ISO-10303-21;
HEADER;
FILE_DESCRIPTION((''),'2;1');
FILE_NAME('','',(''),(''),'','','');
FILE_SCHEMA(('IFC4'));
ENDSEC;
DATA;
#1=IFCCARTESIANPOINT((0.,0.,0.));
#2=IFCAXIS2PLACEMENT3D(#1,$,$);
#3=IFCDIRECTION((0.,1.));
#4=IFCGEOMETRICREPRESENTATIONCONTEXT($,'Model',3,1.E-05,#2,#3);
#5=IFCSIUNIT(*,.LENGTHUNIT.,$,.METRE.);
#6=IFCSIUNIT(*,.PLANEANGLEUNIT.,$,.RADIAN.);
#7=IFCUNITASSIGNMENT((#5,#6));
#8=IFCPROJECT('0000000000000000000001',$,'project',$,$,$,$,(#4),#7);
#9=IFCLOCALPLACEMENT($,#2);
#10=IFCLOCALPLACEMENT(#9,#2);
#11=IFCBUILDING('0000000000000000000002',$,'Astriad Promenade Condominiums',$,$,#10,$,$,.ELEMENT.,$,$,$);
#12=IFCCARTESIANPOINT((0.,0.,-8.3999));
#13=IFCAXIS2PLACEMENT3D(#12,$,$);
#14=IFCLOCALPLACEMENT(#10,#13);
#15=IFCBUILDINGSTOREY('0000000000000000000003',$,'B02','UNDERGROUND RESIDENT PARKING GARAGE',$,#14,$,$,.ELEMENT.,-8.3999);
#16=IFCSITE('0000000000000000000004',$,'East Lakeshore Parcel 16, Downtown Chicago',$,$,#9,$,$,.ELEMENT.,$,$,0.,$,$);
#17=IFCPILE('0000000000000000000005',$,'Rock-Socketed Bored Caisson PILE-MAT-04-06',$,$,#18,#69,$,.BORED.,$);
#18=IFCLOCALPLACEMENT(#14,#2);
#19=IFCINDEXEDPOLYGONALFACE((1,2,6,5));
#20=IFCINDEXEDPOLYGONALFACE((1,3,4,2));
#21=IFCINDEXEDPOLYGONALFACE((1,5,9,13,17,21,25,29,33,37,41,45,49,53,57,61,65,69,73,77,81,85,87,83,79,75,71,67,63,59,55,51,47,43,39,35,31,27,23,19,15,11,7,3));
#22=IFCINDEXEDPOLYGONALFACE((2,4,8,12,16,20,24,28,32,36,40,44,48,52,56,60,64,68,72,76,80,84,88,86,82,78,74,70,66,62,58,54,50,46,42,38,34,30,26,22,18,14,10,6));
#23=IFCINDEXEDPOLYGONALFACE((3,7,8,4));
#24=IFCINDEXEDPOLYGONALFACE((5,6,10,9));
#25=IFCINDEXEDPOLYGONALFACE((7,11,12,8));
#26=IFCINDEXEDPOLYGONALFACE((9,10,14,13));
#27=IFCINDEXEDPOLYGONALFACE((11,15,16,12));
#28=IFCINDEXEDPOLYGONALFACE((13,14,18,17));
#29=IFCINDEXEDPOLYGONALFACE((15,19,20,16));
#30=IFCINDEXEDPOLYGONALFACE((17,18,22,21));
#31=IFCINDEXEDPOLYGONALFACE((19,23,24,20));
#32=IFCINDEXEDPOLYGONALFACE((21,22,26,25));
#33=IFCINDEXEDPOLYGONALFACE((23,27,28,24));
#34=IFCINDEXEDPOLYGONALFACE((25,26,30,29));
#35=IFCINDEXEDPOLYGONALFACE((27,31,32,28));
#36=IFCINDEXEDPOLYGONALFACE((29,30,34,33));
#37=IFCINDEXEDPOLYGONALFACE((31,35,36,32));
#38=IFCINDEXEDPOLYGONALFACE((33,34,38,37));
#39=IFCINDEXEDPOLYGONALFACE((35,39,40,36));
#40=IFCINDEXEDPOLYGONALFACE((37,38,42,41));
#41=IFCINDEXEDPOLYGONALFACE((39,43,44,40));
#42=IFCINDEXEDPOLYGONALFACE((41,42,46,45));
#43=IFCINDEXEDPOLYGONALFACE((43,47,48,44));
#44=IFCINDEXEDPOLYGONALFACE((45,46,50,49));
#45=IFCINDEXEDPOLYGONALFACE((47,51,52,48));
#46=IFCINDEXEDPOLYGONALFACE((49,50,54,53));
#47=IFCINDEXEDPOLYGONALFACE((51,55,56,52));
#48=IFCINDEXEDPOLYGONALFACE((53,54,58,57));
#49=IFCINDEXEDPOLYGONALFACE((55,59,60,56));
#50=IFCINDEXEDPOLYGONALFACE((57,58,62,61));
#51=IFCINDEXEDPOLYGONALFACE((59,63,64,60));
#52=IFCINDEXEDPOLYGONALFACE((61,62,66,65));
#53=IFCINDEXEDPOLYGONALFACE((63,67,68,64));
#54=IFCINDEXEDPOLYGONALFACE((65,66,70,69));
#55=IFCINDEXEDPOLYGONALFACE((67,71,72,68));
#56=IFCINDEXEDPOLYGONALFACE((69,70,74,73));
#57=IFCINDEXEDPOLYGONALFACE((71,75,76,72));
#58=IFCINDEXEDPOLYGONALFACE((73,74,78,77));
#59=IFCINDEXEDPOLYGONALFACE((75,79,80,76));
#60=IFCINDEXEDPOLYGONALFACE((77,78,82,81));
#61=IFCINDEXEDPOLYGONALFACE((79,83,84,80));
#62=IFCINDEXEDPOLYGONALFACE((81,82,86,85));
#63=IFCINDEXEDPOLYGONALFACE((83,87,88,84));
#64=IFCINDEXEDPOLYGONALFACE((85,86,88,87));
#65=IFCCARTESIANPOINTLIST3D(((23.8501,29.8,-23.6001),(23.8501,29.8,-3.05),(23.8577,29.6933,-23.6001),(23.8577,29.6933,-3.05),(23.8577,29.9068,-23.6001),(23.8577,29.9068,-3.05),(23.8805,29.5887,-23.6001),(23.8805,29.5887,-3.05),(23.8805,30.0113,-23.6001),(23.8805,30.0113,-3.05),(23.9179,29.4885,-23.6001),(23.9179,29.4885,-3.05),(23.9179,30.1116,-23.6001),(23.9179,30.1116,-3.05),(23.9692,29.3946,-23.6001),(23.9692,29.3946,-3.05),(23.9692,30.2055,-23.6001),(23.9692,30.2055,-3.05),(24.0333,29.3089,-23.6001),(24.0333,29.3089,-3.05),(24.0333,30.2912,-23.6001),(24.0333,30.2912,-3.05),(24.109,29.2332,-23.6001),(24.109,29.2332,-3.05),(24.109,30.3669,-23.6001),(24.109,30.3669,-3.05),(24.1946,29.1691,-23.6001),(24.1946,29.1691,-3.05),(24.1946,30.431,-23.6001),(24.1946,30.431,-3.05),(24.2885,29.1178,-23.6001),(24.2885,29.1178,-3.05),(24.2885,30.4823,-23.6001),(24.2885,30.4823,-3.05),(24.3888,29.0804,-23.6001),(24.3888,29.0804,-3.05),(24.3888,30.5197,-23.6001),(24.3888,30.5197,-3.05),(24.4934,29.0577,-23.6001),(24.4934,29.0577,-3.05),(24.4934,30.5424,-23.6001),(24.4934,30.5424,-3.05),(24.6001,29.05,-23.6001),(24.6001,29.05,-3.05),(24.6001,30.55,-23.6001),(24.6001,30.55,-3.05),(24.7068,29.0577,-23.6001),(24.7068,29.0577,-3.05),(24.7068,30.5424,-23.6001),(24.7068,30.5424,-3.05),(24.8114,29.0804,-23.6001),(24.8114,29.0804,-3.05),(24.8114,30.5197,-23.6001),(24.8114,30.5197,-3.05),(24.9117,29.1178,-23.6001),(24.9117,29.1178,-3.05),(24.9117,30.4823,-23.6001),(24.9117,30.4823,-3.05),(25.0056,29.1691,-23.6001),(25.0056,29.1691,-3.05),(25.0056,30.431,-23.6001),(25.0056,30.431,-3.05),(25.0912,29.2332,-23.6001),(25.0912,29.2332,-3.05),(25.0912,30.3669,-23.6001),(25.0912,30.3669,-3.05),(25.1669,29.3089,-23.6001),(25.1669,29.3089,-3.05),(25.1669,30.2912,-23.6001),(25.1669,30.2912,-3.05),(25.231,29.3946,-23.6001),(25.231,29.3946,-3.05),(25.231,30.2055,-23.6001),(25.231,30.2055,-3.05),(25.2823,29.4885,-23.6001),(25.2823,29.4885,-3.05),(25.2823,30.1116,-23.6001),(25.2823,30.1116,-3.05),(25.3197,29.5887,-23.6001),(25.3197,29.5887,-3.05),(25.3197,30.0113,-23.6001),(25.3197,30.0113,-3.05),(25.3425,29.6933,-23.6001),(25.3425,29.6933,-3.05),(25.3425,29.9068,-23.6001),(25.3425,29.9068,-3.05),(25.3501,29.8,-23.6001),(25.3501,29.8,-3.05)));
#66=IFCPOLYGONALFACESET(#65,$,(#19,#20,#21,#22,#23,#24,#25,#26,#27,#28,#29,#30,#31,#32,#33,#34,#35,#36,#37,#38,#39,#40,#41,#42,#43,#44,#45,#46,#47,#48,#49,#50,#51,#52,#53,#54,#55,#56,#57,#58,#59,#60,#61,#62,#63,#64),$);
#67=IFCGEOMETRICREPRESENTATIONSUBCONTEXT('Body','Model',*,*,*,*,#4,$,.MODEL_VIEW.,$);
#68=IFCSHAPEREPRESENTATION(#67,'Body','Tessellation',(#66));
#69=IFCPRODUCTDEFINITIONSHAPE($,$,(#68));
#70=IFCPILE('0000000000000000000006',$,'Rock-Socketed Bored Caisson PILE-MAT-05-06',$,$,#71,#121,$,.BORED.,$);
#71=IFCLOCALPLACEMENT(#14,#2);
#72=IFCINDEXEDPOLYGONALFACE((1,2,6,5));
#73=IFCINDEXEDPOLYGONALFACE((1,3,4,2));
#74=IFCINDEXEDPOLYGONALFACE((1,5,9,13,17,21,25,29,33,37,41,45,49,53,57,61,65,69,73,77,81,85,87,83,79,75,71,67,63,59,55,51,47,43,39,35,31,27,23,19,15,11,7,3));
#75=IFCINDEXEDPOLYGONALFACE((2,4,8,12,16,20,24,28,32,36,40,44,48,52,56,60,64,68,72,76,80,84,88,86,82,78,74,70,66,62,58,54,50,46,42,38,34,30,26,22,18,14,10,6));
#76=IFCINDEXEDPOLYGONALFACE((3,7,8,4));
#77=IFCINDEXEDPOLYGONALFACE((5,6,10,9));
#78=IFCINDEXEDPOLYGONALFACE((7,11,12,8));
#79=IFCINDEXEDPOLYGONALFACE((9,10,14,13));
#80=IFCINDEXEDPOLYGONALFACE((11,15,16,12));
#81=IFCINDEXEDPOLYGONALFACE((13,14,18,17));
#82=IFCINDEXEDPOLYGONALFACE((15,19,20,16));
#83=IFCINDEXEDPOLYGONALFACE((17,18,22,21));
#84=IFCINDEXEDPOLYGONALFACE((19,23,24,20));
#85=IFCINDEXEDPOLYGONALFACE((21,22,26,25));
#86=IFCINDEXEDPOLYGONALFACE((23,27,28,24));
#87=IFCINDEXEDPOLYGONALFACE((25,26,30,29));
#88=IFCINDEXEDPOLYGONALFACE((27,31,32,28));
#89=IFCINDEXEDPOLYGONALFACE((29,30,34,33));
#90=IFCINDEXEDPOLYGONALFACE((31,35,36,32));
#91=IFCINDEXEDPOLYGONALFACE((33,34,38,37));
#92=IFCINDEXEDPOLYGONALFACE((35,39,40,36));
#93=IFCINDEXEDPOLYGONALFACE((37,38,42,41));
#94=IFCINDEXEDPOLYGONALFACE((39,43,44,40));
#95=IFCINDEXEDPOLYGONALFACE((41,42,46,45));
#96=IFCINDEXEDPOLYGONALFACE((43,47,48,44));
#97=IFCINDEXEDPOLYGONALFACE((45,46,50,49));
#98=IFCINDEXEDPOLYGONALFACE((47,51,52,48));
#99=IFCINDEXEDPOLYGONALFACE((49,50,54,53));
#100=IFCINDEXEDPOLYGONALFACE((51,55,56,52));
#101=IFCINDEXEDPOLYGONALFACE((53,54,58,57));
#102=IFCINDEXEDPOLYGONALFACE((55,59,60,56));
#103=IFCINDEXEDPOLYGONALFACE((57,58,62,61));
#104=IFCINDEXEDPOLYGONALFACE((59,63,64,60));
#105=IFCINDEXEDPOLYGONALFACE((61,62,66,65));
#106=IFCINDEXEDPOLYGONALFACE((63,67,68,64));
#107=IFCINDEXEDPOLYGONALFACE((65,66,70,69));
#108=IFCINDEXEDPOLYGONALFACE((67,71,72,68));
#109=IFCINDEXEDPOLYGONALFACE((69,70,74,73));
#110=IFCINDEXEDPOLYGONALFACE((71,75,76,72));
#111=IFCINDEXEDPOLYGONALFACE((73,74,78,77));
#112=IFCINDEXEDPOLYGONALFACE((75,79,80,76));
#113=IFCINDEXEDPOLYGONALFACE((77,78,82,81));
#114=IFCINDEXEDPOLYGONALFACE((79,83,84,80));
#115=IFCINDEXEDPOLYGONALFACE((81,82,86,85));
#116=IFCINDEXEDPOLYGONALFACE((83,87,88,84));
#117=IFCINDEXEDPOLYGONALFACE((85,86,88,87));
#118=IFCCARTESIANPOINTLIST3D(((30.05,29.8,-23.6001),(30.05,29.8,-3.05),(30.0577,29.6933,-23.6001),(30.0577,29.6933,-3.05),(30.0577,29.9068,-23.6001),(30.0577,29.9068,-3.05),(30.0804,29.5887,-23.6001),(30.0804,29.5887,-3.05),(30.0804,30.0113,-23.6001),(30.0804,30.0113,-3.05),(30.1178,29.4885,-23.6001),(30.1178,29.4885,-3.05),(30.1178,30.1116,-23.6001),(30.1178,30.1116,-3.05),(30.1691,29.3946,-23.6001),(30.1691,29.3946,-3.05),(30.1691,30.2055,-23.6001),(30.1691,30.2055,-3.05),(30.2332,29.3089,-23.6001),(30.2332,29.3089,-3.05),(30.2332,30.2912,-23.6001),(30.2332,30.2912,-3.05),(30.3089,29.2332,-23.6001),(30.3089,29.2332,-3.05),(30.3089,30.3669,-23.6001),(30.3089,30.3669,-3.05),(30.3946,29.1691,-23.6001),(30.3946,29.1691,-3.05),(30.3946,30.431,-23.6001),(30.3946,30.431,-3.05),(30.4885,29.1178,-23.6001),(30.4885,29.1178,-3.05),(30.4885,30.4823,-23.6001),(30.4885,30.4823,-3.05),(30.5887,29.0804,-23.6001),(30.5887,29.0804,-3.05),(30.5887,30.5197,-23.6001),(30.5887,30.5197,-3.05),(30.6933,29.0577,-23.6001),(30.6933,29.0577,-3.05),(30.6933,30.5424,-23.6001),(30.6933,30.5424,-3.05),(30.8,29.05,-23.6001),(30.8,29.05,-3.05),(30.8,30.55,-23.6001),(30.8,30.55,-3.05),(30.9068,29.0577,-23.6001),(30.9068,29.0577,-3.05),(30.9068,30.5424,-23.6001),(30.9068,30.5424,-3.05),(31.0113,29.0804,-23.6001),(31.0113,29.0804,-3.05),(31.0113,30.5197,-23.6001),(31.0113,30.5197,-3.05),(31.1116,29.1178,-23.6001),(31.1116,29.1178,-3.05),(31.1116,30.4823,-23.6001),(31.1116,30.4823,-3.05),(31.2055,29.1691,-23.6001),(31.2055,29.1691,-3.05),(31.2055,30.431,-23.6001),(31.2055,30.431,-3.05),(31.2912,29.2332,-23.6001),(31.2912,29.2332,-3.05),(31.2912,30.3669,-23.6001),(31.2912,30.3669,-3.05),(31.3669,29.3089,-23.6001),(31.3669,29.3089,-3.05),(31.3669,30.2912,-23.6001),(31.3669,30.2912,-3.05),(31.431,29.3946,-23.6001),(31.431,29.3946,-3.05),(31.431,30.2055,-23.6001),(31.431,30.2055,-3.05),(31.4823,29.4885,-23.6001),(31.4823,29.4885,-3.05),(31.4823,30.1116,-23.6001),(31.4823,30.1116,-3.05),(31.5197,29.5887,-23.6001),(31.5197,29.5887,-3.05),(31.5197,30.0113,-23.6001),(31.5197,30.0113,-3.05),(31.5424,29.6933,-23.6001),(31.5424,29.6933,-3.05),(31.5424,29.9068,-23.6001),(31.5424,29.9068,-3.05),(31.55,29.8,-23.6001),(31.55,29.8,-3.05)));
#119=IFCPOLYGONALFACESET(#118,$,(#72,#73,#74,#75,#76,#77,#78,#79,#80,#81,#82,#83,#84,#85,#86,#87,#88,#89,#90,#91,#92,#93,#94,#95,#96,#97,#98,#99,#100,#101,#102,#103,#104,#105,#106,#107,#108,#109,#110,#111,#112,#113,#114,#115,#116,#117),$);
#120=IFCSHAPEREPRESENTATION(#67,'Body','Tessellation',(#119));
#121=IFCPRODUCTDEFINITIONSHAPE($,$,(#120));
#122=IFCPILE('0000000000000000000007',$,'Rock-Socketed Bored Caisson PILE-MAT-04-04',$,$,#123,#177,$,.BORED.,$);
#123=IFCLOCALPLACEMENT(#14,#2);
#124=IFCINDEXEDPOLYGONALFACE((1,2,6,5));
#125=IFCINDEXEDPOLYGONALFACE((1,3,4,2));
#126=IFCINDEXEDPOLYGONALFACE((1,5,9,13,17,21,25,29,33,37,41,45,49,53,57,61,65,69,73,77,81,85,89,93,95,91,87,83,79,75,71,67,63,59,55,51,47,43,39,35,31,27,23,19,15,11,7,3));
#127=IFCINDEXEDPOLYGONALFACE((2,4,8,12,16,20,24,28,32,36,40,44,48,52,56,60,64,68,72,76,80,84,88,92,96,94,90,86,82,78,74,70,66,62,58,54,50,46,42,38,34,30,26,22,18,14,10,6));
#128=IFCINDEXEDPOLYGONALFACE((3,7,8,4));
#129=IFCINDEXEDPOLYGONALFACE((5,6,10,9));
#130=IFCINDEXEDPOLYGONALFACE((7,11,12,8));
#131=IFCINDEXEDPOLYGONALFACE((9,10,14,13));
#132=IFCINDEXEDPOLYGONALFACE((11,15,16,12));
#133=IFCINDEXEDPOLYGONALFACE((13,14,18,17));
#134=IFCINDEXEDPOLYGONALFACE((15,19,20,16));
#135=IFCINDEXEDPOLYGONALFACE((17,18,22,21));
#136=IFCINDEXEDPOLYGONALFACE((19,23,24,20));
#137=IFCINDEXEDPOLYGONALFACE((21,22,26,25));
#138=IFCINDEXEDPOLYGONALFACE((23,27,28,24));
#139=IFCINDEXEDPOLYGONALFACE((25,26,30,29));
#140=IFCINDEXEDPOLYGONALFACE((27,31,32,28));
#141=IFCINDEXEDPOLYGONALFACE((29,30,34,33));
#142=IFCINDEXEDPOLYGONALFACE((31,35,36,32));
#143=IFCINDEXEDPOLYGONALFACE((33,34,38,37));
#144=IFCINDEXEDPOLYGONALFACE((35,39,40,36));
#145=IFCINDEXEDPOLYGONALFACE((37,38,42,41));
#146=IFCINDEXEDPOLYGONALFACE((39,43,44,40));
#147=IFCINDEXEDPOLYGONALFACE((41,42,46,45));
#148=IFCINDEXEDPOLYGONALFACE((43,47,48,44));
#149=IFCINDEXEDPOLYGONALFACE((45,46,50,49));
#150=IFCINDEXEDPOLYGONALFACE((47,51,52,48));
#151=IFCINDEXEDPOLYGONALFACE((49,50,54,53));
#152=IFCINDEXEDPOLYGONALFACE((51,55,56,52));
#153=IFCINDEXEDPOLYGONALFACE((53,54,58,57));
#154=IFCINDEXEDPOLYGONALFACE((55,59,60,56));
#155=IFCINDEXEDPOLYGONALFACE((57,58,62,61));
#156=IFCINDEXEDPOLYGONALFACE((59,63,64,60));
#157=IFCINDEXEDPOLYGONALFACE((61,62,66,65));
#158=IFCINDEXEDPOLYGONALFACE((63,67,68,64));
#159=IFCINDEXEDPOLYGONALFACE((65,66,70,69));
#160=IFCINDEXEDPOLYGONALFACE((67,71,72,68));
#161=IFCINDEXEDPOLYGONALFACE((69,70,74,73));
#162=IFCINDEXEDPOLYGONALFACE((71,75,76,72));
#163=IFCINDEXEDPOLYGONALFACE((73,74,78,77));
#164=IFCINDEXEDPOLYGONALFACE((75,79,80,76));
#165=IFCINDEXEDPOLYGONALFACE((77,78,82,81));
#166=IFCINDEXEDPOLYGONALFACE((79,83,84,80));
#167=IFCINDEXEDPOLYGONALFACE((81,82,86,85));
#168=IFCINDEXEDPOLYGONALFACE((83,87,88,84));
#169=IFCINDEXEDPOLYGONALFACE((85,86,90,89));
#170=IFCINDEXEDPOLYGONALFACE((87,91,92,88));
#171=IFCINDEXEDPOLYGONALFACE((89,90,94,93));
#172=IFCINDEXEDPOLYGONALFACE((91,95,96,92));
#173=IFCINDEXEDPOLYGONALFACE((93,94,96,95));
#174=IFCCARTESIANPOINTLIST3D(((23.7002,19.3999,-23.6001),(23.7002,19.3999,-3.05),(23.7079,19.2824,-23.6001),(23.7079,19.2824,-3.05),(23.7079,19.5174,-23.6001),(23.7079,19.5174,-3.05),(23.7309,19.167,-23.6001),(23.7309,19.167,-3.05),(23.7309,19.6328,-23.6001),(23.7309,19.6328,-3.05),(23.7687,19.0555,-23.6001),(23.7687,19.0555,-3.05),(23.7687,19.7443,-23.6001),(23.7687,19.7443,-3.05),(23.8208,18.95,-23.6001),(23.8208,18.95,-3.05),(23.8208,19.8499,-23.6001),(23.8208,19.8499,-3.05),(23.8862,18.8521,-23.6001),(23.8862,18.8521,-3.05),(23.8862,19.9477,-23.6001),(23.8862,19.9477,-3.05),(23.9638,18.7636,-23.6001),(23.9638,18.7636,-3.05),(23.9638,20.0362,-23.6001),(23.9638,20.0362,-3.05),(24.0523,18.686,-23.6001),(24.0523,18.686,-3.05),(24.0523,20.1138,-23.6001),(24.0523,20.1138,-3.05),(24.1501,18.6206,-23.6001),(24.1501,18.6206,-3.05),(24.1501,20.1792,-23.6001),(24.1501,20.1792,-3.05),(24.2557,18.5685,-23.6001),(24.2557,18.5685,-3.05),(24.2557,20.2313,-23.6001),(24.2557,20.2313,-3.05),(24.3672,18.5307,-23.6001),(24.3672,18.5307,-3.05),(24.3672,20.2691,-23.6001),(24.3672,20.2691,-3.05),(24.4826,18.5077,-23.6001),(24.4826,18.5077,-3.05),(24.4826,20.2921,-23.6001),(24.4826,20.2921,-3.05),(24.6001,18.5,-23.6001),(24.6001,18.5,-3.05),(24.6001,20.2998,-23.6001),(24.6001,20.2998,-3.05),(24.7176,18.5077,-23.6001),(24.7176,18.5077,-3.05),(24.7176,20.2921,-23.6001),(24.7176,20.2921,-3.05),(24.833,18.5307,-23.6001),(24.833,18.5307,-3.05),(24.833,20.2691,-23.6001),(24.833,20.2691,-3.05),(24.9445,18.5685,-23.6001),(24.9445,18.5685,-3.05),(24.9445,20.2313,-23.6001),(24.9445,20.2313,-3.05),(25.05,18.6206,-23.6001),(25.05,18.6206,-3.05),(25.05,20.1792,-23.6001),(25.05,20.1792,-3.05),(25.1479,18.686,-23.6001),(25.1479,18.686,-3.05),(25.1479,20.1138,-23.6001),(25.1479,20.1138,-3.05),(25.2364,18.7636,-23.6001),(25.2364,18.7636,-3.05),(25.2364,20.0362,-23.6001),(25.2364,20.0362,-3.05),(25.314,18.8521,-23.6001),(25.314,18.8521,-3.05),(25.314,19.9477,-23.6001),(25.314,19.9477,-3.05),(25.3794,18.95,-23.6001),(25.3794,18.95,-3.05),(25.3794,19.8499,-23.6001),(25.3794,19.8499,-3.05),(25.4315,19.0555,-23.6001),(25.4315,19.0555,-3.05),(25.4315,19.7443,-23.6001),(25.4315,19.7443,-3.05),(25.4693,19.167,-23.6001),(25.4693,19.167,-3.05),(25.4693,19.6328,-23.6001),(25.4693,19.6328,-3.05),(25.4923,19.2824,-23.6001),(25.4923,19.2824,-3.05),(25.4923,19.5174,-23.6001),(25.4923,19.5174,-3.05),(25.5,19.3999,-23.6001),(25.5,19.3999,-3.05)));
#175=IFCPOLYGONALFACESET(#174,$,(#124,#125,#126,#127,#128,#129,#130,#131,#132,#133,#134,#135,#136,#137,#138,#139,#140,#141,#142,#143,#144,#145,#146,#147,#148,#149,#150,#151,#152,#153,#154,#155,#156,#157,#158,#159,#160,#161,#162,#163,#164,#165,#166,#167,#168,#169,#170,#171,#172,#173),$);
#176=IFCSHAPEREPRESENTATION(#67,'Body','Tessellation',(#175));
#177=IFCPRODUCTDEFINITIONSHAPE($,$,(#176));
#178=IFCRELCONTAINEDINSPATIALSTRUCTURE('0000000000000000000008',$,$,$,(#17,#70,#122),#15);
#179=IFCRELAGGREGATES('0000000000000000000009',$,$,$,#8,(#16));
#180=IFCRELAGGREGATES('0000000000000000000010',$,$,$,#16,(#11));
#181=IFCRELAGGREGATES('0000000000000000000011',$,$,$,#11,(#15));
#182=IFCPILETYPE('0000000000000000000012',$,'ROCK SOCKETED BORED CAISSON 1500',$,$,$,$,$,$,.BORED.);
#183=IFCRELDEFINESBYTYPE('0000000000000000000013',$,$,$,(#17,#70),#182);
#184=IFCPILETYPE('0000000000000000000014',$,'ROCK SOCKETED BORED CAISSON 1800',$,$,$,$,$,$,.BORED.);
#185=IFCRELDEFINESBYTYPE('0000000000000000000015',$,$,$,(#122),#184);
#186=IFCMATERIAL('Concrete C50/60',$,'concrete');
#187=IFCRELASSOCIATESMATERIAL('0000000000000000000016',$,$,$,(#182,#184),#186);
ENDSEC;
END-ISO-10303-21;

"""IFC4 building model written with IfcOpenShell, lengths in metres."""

from ifc_helpers import new_model, si_unit, direction, frame, origin, origin_2d, place, context, subcontext, project, spatial, circle, extrude, source, transform, mapped, material, material_profile, profile_set, type_object, type_shapes, element, save


model = new_model("IFC4")

# Units and contexts
model_context = context("Model", 3, precision=1e-05, world=origin(), true_north=direction((0.0, 1.0)))
body_context = subcontext(model_context, "Body", "Model", "MODEL_VIEW")
ifc_project = project(units=[si_unit("LENGTHUNIT", "METRE"), si_unit("PLANEANGLEUNIT", "RADIAN")], contexts=[model_context])

# Site, building, storey
site_placement = place(None, origin())
site = spatial("IfcSite", under=ifc_project, at=site_placement, Name="East Lakeshore Parcel 16, Downtown Chicago", CompositionType="ELEMENT", RefElevation=0.0)
building_placement = place(site_placement, origin())
building = spatial("IfcBuilding", under=site, at=building_placement, Name="Astriad Promenade Condominiums", CompositionType="ELEMENT")
storey_placement = place(building_placement, frame((0.0, 0.0, -8.3999)))
storey = spatial("IfcBuildingStorey", under=building, at=storey_placement, Name="B02", Description="UNDERGROUND RESIDENT PARKING GARAGE", CompositionType="ELEMENT", Elevation=-8.3999)

# Piles
ifc_material_1 = material(Name="Concrete C50/60", Category="concrete")
ifc_material_profile_1 = material_profile(ifc_material_1, circle(Radius=0.75, at=origin_2d()), Name="CAISSON-D1500")
ifc_profile_set_1 = profile_set([ifc_material_profile_1], Name="Concrete C50/60")
pile_type_1 = type_object("IfcPileType", Name="ROCK SOCKETED BORED CAISSON 1500", PredefinedType="BORED", material=ifc_profile_set_1)
shared_shape_1 = source(origin(), body_context, "Body", "SweptSolid", [
    extrude(circle(Radius=0.75, at=origin_2d()), origin(), (0.0, 0.0, 1.0), 20.55),
])
type_shapes(pile_type_1, [shared_shape_1])
for number, where, z_axis, x_axis, name in (
    (1, (24.6001, 29.8, -3.05), (0.0, 0.0, -1.0), (1.0, 0.0, 0.0), "Rock-Socketed Bored Caisson PILE-MAT-04-06"),
    (2, (30.8, 29.8, -3.05), (0.0, 0.0, -1.0), (1.0, 0.0, 0.0), "Rock-Socketed Bored Caisson PILE-MAT-05-06"),
):
    element("IfcPile", number, at=place(storey_placement, frame(where, z_axis=z_axis, x_axis=x_axis)), inside=storey, type_object=pile_type_1, Name=name, PredefinedType="BORED", context=body_context, shape_type="MappedRepresentation", body=[
        mapped(shared_shape_1, transform((0.0, 0.0, 0.0), scale=1.0)),
    ])
ifc_material_profile_2 = material_profile(ifc_material_1, circle(Radius=0.8999, at=origin_2d()), Name="CAISSON-D1800")
ifc_profile_set_2 = profile_set([ifc_material_profile_2], Name="Concrete C50/60")
pile_type_2 = type_object("IfcPileType", Name="ROCK SOCKETED BORED CAISSON 1800", PredefinedType="BORED", material=ifc_profile_set_2)
shared_shape_2 = source(origin(), body_context, "Body", "SweptSolid", [
    extrude(circle(Radius=0.8999, at=origin_2d()), origin(), (0.0, 0.0, 1.0), 20.55),
])
type_shapes(pile_type_2, [shared_shape_2])
for number, where, z_axis, x_axis, name in (
    (3, (24.6001, 19.3999, -3.05), (0.0, 0.0, -1.0), (1.0, 0.0, 0.0), "Rock-Socketed Bored Caisson PILE-MAT-04-04"),
):
    element("IfcPile", number, at=place(storey_placement, frame(where, z_axis=z_axis, x_axis=x_axis)), inside=storey, type_object=pile_type_2, Name=name, PredefinedType="BORED", context=body_context, shape_type="MappedRepresentation", body=[
        mapped(shared_shape_2, transform((0.0, 0.0, 0.0), scale=1.0)),
    ])

save(model, "model.ifc")
